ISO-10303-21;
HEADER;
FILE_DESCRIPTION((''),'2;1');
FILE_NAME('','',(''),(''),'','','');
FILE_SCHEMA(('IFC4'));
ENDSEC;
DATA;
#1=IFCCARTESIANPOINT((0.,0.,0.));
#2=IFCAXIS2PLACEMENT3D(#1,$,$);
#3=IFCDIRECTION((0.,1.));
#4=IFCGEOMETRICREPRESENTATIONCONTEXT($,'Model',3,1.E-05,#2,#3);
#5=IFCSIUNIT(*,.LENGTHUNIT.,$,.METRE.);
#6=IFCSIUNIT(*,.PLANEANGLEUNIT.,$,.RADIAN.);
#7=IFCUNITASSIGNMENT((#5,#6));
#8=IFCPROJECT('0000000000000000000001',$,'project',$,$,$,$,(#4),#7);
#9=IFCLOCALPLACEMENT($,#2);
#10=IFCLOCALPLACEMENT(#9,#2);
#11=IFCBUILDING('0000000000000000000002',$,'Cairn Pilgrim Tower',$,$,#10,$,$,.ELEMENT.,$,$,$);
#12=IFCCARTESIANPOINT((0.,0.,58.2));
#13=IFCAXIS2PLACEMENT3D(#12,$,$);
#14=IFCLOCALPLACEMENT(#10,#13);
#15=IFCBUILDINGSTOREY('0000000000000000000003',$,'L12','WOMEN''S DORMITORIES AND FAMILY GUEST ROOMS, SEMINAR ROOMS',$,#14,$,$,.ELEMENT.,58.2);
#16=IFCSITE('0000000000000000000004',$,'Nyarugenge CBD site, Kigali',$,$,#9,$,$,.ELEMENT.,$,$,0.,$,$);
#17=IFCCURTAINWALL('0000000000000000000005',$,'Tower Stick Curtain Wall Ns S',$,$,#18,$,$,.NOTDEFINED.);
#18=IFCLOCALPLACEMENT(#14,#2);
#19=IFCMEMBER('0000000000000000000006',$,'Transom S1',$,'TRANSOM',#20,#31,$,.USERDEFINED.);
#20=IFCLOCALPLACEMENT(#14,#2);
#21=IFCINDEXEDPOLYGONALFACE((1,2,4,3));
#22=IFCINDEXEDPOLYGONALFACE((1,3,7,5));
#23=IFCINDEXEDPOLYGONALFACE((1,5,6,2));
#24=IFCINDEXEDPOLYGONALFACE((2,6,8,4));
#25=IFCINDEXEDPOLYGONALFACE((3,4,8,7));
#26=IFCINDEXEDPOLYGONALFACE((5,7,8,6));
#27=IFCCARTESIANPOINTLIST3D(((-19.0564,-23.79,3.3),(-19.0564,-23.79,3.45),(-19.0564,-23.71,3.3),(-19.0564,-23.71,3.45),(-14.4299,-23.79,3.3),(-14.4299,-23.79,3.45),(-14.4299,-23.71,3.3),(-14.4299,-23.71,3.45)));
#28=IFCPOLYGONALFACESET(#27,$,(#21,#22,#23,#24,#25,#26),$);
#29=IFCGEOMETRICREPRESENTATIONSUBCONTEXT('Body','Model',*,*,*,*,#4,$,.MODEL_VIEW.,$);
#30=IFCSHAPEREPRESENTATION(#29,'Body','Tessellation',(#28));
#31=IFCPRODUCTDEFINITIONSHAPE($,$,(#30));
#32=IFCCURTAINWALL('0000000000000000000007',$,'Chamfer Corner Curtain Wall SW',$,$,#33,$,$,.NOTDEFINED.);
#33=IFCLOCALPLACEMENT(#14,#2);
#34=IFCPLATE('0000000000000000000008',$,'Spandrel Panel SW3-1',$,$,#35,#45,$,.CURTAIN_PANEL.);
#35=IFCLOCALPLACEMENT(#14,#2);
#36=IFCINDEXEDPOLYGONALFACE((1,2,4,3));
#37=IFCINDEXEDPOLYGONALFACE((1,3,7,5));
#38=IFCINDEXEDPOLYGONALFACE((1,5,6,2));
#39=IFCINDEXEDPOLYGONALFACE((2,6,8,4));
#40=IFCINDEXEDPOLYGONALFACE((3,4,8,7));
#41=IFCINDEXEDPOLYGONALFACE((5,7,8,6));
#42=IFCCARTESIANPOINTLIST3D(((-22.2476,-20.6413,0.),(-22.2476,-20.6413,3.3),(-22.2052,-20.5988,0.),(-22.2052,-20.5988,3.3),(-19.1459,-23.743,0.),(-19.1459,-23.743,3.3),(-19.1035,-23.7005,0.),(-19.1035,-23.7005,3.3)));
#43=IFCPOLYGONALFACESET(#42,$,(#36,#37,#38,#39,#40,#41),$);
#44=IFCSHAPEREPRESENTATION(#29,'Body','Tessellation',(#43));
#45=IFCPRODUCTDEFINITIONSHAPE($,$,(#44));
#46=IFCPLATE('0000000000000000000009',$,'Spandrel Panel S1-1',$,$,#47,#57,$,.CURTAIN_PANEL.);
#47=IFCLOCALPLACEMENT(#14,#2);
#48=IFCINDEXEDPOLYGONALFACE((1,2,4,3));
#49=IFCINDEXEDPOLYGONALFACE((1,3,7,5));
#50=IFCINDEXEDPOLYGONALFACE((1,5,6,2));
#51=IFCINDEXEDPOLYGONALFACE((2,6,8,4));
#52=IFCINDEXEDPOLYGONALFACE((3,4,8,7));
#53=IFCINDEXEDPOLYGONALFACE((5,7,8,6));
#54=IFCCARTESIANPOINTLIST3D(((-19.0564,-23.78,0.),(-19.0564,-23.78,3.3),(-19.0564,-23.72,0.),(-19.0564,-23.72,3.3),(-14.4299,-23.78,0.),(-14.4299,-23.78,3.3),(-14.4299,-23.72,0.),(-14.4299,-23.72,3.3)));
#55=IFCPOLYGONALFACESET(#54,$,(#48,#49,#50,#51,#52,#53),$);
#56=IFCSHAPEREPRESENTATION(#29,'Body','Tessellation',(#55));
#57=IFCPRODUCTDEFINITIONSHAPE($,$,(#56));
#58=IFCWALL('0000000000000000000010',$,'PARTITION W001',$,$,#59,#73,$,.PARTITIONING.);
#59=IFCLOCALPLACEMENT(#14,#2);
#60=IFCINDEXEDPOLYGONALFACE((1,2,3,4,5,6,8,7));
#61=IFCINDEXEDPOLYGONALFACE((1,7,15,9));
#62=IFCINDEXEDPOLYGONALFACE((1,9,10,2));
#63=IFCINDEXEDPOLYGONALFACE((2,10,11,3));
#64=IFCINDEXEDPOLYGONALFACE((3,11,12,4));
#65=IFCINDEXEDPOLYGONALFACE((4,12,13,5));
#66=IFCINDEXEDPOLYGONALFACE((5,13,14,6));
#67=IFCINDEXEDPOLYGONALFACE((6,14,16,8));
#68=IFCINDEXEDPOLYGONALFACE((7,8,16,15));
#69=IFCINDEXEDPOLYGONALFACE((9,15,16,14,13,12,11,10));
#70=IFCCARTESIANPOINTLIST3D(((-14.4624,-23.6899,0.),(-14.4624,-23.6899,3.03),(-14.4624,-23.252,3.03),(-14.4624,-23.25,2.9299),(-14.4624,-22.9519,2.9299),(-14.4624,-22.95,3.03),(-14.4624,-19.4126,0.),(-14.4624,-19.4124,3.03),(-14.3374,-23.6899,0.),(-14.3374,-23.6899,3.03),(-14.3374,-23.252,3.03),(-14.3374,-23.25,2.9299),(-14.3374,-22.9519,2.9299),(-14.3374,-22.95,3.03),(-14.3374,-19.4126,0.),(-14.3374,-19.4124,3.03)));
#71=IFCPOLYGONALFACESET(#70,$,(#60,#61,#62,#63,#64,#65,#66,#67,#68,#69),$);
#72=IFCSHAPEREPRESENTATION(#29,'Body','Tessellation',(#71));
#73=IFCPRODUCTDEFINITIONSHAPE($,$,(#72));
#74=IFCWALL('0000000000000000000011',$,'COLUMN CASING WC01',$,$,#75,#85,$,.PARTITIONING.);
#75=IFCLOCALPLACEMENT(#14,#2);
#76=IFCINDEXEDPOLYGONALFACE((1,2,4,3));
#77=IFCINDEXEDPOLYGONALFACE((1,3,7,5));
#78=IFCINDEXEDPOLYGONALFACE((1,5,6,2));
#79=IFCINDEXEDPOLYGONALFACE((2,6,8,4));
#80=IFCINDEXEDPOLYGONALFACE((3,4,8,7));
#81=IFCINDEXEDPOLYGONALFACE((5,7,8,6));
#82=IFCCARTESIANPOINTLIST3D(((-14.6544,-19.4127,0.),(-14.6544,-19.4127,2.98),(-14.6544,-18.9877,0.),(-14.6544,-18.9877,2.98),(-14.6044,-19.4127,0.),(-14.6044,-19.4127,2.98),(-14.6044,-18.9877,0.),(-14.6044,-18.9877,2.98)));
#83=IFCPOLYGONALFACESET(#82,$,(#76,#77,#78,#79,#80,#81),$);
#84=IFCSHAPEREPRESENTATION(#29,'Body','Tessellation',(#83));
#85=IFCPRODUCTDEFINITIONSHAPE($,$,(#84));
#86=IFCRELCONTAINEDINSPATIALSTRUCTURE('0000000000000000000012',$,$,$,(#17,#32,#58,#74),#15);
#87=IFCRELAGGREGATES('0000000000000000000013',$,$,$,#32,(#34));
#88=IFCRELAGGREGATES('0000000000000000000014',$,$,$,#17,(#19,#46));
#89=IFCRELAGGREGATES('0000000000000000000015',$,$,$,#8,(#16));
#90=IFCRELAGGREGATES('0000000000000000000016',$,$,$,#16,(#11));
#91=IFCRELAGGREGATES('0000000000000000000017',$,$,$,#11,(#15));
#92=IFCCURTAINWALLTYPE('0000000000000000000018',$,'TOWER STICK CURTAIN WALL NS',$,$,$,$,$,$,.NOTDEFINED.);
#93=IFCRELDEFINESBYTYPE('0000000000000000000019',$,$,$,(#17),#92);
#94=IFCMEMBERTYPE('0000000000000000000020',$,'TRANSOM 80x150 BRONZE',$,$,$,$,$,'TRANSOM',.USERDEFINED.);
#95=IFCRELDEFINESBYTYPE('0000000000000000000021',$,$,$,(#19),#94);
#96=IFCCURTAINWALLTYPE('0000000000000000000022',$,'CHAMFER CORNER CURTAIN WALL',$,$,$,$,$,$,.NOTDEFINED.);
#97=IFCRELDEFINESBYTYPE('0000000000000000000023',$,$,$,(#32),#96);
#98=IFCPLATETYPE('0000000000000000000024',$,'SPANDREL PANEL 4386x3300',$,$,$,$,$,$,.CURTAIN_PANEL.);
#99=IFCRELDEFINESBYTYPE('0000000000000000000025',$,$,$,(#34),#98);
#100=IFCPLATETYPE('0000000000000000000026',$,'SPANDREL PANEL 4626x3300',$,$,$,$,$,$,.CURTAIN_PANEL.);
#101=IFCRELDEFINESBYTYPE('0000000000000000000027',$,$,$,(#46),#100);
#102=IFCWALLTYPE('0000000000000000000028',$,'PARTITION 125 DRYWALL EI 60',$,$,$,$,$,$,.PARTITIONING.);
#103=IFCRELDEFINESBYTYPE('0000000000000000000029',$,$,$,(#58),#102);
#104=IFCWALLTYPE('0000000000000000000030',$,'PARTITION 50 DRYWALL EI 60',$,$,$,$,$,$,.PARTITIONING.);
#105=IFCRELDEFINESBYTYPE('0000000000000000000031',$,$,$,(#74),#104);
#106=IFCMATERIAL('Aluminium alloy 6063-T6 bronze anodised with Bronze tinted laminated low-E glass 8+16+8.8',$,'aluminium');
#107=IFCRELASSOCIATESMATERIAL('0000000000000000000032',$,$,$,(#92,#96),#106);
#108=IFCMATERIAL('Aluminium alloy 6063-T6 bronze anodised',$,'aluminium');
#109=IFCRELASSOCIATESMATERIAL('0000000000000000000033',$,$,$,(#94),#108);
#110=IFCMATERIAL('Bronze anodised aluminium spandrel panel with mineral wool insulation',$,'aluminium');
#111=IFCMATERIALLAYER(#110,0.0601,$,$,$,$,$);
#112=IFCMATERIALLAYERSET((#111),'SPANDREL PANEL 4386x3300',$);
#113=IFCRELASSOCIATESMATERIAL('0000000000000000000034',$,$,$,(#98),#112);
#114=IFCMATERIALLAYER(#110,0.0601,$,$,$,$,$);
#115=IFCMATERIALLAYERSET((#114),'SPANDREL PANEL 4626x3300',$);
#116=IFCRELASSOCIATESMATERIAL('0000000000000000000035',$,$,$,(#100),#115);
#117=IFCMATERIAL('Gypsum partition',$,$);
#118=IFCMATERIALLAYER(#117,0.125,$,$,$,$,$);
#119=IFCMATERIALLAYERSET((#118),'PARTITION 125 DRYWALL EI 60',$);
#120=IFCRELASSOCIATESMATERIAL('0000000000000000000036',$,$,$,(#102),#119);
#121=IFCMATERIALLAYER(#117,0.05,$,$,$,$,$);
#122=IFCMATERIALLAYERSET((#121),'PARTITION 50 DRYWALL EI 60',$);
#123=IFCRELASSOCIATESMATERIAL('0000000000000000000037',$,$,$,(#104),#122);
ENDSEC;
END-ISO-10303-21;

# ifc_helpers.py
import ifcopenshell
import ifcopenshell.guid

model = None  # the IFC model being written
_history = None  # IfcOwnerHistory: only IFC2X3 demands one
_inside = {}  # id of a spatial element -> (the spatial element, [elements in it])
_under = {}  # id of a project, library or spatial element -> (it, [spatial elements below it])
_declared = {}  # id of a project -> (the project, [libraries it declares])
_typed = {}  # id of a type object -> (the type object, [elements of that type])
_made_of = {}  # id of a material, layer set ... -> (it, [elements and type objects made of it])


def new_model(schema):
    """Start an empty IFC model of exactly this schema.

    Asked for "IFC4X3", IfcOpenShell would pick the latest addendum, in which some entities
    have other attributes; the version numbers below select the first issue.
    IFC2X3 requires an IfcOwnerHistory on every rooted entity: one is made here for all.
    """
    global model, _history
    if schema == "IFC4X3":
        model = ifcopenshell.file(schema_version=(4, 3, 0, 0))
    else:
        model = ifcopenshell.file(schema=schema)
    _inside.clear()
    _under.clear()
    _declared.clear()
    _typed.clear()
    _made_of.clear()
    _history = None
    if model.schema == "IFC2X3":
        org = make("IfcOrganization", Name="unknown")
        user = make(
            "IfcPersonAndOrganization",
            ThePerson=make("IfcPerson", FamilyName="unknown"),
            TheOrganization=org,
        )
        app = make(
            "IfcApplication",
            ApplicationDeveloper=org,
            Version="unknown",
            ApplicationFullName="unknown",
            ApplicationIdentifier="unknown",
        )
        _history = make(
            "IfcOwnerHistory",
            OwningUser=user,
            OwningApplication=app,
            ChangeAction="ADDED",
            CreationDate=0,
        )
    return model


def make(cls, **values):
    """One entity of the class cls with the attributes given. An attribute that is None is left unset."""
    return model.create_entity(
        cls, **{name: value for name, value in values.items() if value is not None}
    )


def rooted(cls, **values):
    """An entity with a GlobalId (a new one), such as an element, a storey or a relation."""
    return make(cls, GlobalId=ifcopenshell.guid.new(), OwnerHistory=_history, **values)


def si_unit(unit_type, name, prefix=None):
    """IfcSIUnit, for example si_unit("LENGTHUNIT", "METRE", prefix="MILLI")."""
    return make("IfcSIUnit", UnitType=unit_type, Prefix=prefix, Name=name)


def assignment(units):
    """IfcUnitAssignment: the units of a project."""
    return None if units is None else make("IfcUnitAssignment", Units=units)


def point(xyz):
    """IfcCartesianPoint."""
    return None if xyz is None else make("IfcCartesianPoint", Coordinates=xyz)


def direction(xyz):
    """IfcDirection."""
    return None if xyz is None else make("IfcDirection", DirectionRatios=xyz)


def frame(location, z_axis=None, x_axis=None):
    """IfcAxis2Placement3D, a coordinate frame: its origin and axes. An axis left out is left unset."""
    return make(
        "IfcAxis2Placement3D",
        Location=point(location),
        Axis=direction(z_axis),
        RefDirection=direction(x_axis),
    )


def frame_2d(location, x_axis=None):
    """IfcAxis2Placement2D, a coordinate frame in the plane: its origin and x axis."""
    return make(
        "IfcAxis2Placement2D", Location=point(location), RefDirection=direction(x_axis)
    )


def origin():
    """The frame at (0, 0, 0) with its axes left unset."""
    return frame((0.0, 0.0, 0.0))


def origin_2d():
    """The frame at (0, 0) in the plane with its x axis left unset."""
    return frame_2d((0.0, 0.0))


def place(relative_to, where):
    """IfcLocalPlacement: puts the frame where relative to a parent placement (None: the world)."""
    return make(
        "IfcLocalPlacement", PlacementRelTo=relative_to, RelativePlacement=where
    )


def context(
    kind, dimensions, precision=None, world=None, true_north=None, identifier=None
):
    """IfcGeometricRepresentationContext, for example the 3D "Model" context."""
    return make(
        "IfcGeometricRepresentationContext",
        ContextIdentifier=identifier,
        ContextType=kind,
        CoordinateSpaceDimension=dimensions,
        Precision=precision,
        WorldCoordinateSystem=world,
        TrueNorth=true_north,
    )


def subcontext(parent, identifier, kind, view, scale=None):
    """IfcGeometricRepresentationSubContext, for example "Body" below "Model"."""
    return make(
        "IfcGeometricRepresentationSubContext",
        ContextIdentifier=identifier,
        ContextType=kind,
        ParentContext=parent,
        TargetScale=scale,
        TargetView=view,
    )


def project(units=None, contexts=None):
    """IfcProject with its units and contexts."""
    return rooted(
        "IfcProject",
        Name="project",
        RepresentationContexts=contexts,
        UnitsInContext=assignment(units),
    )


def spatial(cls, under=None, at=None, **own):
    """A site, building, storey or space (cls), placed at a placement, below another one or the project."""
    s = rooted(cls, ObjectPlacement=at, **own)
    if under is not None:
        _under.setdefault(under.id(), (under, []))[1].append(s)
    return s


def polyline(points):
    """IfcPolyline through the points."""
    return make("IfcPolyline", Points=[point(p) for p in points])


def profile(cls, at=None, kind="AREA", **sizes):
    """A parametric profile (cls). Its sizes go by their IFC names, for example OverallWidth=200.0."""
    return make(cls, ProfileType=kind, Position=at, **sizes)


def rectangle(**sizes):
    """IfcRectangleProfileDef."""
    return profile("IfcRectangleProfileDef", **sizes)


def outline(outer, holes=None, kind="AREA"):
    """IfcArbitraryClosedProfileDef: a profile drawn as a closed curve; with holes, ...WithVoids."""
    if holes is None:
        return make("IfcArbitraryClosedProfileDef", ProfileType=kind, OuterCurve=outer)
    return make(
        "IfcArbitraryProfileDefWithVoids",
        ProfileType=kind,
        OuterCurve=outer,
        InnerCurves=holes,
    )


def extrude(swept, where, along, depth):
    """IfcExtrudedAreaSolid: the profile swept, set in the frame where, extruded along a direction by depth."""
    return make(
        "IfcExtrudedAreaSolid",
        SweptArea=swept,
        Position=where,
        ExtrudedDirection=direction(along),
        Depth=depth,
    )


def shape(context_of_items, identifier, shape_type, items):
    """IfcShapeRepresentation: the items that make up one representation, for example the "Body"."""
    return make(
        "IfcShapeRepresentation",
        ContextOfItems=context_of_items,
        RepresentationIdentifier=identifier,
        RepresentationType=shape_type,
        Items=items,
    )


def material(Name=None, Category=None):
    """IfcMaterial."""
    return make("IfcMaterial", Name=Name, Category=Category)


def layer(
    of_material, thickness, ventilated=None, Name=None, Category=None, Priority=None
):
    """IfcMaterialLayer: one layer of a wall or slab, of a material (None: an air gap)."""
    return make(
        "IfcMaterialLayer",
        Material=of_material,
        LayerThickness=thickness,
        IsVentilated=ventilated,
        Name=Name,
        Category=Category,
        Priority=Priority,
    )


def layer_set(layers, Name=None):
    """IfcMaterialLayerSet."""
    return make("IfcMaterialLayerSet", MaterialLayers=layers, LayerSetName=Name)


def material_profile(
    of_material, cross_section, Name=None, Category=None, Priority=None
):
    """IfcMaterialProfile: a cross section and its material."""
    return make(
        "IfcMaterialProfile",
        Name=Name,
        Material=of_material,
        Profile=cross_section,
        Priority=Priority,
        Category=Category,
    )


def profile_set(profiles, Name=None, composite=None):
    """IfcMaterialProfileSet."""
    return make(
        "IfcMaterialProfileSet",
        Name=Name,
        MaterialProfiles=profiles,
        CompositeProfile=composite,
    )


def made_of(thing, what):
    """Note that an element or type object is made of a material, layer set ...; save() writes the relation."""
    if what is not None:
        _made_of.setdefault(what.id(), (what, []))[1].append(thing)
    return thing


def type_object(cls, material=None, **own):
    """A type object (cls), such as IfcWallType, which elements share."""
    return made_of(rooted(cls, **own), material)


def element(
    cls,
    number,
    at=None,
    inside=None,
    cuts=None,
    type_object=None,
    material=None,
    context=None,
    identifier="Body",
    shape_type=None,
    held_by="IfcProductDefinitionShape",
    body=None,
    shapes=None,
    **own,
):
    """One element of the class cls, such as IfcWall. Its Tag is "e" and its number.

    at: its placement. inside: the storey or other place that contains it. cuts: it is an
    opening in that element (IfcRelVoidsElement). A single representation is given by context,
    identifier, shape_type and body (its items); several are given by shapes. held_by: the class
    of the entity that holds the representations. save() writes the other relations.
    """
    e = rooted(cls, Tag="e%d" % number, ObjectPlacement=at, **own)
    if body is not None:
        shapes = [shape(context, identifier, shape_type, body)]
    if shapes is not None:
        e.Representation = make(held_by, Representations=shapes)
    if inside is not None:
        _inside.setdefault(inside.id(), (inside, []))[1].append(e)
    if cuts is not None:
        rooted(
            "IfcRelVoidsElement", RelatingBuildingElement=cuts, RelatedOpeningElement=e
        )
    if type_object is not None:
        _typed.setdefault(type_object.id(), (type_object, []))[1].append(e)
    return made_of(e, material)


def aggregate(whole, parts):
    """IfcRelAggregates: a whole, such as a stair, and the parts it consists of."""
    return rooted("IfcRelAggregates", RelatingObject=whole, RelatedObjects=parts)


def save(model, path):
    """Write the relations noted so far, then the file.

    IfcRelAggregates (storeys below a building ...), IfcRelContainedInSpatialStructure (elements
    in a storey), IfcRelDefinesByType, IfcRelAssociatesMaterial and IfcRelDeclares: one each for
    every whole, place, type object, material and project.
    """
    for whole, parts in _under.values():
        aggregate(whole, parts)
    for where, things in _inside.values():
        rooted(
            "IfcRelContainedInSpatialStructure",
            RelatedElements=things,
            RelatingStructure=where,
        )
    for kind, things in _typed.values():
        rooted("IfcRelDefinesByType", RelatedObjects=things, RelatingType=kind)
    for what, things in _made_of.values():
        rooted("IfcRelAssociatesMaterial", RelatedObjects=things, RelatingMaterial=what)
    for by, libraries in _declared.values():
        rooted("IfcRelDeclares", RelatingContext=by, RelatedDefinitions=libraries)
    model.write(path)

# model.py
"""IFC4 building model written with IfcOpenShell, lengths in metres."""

from ifc_helpers import new_model, si_unit, direction, frame, frame_2d, origin, origin_2d, place, context, subcontext, project, spatial, polyline, rectangle, outline, extrude, material, layer, layer_set, material_profile, profile_set, type_object, element, aggregate, save


model = new_model("IFC4")

# Units and contexts
model_context = context("Model", 3, precision=1e-05, world=origin(), true_north=direction((0.0, 1.0)))
body_context = subcontext(model_context, "Body", "Model", "MODEL_VIEW")
ifc_project = project(units=[si_unit("LENGTHUNIT", "METRE"), si_unit("PLANEANGLEUNIT", "RADIAN")], contexts=[model_context])

# Site, building, storey
site_placement = place(None, origin())
site = spatial("IfcSite", under=ifc_project, at=site_placement, Name="Nyarugenge CBD site, Kigali", CompositionType="ELEMENT", RefElevation=0.0)
building_placement = place(site_placement, origin())
building = spatial("IfcBuilding", under=site, at=building_placement, Name="Cairn Pilgrim Tower", CompositionType="ELEMENT")
storey_placement = place(building_placement, frame((0.0, 0.0, 58.2)))
storey = spatial("IfcBuildingStorey", under=building, at=storey_placement, Name="L12", Description="WOMEN'S DORMITORIES AND FAMILY GUEST ROOMS, SEMINAR ROOMS", CompositionType="ELEMENT", Elevation=58.2)

# Curtain wall
ifc_material_1 = material(Name="Aluminium alloy 6063-T6 bronze anodised with Bronze tinted laminated low-E glass 8+16+8.8", Category="aluminium")
curtain_wall_type_1 = type_object("IfcCurtainWallType", Name="TOWER STICK CURTAIN WALL NS", PredefinedType="NOTDEFINED", material=ifc_material_1)
curtain_wall_1_placement = place(storey_placement, origin())
curtain_wall_1 = element("IfcCurtainWall", 1, at=curtain_wall_1_placement, inside=storey, type_object=curtain_wall_type_1, Name="Tower Stick Curtain Wall Ns S", PredefinedType="NOTDEFINED")
ifc_material_2 = material(Name="Aluminium alloy 6063-T6 bronze anodised", Category="aluminium")

# Member
ifc_material_profile_1 = material_profile(ifc_material_2, rectangle(XDim=0.0801, YDim=0.1499, at=origin_2d()), Name="TRANSOM 80x150 BRONZE")
ifc_profile_set_1 = profile_set([ifc_material_profile_1], Name="Aluminium alloy 6063-T6 bronze anodised")
member_type_1 = type_object("IfcMemberType", Name="TRANSOM 80x150 BRONZE", ElementType="TRANSOM", PredefinedType="USERDEFINED", material=ifc_profile_set_1)
member_1_placement = place(storey_placement, frame((-19.0564, -23.75, 3.375), z_axis=(1.0, 0.0, 0.0), x_axis=(0.0, 1.0, 0.0)))
member_1 = element("IfcMember", 2, at=member_1_placement, type_object=member_type_1, Name="Transom S1", ObjectType="TRANSOM", PredefinedType="USERDEFINED", context=body_context, shape_type="SweptSolid", body=[
    extrude(rectangle(XDim=0.0801, YDim=0.1499, at=origin_2d()), origin(), (0.0, 0.0, 1.0), 4.6265),
])

# Curtain wall, plate
curtain_wall_type_2 = type_object("IfcCurtainWallType", Name="CHAMFER CORNER CURTAIN WALL", PredefinedType="NOTDEFINED", material=ifc_material_1)
curtain_wall_2_placement = place(storey_placement, origin())
curtain_wall_2 = element("IfcCurtainWall", 3, at=curtain_wall_2_placement, inside=storey, type_object=curtain_wall_type_2, Name="Chamfer Corner Curtain Wall SW", PredefinedType="NOTDEFINED")
ifc_material_3 = material(Name="Bronze anodised aluminium spandrel panel with mineral wool insulation", Category="aluminium")
ifc_layer_1 = layer(ifc_material_3, 0.0601)
ifc_layer_set_1 = layer_set([ifc_layer_1], Name="SPANDREL PANEL 4386x3300")
plate_type_1 = type_object("IfcPlateType", Name="SPANDREL PANEL 4386x3300", PredefinedType="CURTAIN_PANEL", material=ifc_layer_set_1)
plate_1_placement = place(storey_placement, frame((-20.6755, -22.1709, 0.0), z_axis=(0.0, 0.0, 1.0), x_axis=(0.707107, -0.707107, 0.0)))
plate_1 = element("IfcPlate", 4, at=plate_1_placement, type_object=plate_type_1, Name="Spandrel Panel SW3-1", PredefinedType="CURTAIN_PANEL", context=body_context, shape_type="SweptSolid", body=[
    extrude(rectangle(XDim=4.3865, YDim=0.0601, at=origin_2d()), origin(), (0.0, 0.0, 1.0), 3.3),
])
aggregate(curtain_wall_2, [plate_1])

# Plate
ifc_layer_2 = layer(ifc_material_3, 0.0601)
ifc_layer_set_2 = layer_set([ifc_layer_2], Name="SPANDREL PANEL 4626x3300")
plate_type_2 = type_object("IfcPlateType", Name="SPANDREL PANEL 4626x3300", PredefinedType="CURTAIN_PANEL", material=ifc_layer_set_2)
plate_2_placement = place(storey_placement, frame((-16.7432, -23.75, 0.0), z_axis=(0.0, 0.0, 1.0), x_axis=(1.0, 0.0, 0.0)))
plate_2 = element("IfcPlate", 5, at=plate_2_placement, type_object=plate_type_2, Name="Spandrel Panel S1-1", PredefinedType="CURTAIN_PANEL", context=body_context, shape_type="SweptSolid", body=[
    extrude(rectangle(XDim=4.6265, YDim=0.0601, at=origin_2d()), origin(), (0.0, 0.0, 1.0), 3.3),
])
aggregate(curtain_wall_1, [member_1, plate_2])

# Wall
ifc_material_4 = material(Name="Gypsum partition")
ifc_layer_3 = layer(ifc_material_4, 0.125)
ifc_layer_set_3 = layer_set([ifc_layer_3], Name="PARTITION 125 DRYWALL EI 60")
wall_type_1 = type_object("IfcWallType", Name="PARTITION 125 DRYWALL EI 60", PredefinedType="PARTITIONING", material=ifc_layer_set_3)
wall_1_placement = place(storey_placement, frame((-14.3999, -23.6899, 0.0), z_axis=(0.0, 0.0, 1.0), x_axis=(0.0, 1.0, 0.0)))
element("IfcWall", 6, at=wall_1_placement, inside=storey, type_object=wall_type_1, Name="PARTITION W001", PredefinedType="PARTITIONING", context=body_context, shape_type="SweptSolid", body=[
    extrude(outline(polyline([(0.0, 0.0), (4.2773, 0.0), (4.2776, 3.03), (0.74, 3.03), (0.738, 2.9299), (0.4399, 2.9299), (0.438, 3.03), (0.0, 3.03), (0.0, 0.0)])), frame((0.0, 0.0625, 0.0), z_axis=(0.0, -1.0, 0.0), x_axis=(1.0, 0.0, 0.0)), (0.0, 0.0, 1.0), 0.125),
])

# Wall
ifc_layer_4 = layer(ifc_material_4, 0.05)
ifc_layer_set_4 = layer_set([ifc_layer_4], Name="PARTITION 50 DRYWALL EI 60")
wall_type_2 = type_object("IfcWallType", Name="PARTITION 50 DRYWALL EI 60", PredefinedType="PARTITIONING", material=ifc_layer_set_4)
wall_2_placement = place(storey_placement, frame((-14.6294, -19.4126, 0.0), z_axis=(0.0, 0.0, 1.0), x_axis=(0.0, 1.0, 0.0)))
element("IfcWall", 7, at=wall_2_placement, inside=storey, type_object=wall_type_2, Name="COLUMN CASING WC01", PredefinedType="PARTITIONING", context=body_context, shape_type="SweptSolid", body=[
    extrude(rectangle(XDim=0.425, YDim=0.05, at=frame_2d((0.2124, 0.0))), origin(), (0.0, 0.0, 1.0), 2.98),
])

save(model, "model.ifc")
